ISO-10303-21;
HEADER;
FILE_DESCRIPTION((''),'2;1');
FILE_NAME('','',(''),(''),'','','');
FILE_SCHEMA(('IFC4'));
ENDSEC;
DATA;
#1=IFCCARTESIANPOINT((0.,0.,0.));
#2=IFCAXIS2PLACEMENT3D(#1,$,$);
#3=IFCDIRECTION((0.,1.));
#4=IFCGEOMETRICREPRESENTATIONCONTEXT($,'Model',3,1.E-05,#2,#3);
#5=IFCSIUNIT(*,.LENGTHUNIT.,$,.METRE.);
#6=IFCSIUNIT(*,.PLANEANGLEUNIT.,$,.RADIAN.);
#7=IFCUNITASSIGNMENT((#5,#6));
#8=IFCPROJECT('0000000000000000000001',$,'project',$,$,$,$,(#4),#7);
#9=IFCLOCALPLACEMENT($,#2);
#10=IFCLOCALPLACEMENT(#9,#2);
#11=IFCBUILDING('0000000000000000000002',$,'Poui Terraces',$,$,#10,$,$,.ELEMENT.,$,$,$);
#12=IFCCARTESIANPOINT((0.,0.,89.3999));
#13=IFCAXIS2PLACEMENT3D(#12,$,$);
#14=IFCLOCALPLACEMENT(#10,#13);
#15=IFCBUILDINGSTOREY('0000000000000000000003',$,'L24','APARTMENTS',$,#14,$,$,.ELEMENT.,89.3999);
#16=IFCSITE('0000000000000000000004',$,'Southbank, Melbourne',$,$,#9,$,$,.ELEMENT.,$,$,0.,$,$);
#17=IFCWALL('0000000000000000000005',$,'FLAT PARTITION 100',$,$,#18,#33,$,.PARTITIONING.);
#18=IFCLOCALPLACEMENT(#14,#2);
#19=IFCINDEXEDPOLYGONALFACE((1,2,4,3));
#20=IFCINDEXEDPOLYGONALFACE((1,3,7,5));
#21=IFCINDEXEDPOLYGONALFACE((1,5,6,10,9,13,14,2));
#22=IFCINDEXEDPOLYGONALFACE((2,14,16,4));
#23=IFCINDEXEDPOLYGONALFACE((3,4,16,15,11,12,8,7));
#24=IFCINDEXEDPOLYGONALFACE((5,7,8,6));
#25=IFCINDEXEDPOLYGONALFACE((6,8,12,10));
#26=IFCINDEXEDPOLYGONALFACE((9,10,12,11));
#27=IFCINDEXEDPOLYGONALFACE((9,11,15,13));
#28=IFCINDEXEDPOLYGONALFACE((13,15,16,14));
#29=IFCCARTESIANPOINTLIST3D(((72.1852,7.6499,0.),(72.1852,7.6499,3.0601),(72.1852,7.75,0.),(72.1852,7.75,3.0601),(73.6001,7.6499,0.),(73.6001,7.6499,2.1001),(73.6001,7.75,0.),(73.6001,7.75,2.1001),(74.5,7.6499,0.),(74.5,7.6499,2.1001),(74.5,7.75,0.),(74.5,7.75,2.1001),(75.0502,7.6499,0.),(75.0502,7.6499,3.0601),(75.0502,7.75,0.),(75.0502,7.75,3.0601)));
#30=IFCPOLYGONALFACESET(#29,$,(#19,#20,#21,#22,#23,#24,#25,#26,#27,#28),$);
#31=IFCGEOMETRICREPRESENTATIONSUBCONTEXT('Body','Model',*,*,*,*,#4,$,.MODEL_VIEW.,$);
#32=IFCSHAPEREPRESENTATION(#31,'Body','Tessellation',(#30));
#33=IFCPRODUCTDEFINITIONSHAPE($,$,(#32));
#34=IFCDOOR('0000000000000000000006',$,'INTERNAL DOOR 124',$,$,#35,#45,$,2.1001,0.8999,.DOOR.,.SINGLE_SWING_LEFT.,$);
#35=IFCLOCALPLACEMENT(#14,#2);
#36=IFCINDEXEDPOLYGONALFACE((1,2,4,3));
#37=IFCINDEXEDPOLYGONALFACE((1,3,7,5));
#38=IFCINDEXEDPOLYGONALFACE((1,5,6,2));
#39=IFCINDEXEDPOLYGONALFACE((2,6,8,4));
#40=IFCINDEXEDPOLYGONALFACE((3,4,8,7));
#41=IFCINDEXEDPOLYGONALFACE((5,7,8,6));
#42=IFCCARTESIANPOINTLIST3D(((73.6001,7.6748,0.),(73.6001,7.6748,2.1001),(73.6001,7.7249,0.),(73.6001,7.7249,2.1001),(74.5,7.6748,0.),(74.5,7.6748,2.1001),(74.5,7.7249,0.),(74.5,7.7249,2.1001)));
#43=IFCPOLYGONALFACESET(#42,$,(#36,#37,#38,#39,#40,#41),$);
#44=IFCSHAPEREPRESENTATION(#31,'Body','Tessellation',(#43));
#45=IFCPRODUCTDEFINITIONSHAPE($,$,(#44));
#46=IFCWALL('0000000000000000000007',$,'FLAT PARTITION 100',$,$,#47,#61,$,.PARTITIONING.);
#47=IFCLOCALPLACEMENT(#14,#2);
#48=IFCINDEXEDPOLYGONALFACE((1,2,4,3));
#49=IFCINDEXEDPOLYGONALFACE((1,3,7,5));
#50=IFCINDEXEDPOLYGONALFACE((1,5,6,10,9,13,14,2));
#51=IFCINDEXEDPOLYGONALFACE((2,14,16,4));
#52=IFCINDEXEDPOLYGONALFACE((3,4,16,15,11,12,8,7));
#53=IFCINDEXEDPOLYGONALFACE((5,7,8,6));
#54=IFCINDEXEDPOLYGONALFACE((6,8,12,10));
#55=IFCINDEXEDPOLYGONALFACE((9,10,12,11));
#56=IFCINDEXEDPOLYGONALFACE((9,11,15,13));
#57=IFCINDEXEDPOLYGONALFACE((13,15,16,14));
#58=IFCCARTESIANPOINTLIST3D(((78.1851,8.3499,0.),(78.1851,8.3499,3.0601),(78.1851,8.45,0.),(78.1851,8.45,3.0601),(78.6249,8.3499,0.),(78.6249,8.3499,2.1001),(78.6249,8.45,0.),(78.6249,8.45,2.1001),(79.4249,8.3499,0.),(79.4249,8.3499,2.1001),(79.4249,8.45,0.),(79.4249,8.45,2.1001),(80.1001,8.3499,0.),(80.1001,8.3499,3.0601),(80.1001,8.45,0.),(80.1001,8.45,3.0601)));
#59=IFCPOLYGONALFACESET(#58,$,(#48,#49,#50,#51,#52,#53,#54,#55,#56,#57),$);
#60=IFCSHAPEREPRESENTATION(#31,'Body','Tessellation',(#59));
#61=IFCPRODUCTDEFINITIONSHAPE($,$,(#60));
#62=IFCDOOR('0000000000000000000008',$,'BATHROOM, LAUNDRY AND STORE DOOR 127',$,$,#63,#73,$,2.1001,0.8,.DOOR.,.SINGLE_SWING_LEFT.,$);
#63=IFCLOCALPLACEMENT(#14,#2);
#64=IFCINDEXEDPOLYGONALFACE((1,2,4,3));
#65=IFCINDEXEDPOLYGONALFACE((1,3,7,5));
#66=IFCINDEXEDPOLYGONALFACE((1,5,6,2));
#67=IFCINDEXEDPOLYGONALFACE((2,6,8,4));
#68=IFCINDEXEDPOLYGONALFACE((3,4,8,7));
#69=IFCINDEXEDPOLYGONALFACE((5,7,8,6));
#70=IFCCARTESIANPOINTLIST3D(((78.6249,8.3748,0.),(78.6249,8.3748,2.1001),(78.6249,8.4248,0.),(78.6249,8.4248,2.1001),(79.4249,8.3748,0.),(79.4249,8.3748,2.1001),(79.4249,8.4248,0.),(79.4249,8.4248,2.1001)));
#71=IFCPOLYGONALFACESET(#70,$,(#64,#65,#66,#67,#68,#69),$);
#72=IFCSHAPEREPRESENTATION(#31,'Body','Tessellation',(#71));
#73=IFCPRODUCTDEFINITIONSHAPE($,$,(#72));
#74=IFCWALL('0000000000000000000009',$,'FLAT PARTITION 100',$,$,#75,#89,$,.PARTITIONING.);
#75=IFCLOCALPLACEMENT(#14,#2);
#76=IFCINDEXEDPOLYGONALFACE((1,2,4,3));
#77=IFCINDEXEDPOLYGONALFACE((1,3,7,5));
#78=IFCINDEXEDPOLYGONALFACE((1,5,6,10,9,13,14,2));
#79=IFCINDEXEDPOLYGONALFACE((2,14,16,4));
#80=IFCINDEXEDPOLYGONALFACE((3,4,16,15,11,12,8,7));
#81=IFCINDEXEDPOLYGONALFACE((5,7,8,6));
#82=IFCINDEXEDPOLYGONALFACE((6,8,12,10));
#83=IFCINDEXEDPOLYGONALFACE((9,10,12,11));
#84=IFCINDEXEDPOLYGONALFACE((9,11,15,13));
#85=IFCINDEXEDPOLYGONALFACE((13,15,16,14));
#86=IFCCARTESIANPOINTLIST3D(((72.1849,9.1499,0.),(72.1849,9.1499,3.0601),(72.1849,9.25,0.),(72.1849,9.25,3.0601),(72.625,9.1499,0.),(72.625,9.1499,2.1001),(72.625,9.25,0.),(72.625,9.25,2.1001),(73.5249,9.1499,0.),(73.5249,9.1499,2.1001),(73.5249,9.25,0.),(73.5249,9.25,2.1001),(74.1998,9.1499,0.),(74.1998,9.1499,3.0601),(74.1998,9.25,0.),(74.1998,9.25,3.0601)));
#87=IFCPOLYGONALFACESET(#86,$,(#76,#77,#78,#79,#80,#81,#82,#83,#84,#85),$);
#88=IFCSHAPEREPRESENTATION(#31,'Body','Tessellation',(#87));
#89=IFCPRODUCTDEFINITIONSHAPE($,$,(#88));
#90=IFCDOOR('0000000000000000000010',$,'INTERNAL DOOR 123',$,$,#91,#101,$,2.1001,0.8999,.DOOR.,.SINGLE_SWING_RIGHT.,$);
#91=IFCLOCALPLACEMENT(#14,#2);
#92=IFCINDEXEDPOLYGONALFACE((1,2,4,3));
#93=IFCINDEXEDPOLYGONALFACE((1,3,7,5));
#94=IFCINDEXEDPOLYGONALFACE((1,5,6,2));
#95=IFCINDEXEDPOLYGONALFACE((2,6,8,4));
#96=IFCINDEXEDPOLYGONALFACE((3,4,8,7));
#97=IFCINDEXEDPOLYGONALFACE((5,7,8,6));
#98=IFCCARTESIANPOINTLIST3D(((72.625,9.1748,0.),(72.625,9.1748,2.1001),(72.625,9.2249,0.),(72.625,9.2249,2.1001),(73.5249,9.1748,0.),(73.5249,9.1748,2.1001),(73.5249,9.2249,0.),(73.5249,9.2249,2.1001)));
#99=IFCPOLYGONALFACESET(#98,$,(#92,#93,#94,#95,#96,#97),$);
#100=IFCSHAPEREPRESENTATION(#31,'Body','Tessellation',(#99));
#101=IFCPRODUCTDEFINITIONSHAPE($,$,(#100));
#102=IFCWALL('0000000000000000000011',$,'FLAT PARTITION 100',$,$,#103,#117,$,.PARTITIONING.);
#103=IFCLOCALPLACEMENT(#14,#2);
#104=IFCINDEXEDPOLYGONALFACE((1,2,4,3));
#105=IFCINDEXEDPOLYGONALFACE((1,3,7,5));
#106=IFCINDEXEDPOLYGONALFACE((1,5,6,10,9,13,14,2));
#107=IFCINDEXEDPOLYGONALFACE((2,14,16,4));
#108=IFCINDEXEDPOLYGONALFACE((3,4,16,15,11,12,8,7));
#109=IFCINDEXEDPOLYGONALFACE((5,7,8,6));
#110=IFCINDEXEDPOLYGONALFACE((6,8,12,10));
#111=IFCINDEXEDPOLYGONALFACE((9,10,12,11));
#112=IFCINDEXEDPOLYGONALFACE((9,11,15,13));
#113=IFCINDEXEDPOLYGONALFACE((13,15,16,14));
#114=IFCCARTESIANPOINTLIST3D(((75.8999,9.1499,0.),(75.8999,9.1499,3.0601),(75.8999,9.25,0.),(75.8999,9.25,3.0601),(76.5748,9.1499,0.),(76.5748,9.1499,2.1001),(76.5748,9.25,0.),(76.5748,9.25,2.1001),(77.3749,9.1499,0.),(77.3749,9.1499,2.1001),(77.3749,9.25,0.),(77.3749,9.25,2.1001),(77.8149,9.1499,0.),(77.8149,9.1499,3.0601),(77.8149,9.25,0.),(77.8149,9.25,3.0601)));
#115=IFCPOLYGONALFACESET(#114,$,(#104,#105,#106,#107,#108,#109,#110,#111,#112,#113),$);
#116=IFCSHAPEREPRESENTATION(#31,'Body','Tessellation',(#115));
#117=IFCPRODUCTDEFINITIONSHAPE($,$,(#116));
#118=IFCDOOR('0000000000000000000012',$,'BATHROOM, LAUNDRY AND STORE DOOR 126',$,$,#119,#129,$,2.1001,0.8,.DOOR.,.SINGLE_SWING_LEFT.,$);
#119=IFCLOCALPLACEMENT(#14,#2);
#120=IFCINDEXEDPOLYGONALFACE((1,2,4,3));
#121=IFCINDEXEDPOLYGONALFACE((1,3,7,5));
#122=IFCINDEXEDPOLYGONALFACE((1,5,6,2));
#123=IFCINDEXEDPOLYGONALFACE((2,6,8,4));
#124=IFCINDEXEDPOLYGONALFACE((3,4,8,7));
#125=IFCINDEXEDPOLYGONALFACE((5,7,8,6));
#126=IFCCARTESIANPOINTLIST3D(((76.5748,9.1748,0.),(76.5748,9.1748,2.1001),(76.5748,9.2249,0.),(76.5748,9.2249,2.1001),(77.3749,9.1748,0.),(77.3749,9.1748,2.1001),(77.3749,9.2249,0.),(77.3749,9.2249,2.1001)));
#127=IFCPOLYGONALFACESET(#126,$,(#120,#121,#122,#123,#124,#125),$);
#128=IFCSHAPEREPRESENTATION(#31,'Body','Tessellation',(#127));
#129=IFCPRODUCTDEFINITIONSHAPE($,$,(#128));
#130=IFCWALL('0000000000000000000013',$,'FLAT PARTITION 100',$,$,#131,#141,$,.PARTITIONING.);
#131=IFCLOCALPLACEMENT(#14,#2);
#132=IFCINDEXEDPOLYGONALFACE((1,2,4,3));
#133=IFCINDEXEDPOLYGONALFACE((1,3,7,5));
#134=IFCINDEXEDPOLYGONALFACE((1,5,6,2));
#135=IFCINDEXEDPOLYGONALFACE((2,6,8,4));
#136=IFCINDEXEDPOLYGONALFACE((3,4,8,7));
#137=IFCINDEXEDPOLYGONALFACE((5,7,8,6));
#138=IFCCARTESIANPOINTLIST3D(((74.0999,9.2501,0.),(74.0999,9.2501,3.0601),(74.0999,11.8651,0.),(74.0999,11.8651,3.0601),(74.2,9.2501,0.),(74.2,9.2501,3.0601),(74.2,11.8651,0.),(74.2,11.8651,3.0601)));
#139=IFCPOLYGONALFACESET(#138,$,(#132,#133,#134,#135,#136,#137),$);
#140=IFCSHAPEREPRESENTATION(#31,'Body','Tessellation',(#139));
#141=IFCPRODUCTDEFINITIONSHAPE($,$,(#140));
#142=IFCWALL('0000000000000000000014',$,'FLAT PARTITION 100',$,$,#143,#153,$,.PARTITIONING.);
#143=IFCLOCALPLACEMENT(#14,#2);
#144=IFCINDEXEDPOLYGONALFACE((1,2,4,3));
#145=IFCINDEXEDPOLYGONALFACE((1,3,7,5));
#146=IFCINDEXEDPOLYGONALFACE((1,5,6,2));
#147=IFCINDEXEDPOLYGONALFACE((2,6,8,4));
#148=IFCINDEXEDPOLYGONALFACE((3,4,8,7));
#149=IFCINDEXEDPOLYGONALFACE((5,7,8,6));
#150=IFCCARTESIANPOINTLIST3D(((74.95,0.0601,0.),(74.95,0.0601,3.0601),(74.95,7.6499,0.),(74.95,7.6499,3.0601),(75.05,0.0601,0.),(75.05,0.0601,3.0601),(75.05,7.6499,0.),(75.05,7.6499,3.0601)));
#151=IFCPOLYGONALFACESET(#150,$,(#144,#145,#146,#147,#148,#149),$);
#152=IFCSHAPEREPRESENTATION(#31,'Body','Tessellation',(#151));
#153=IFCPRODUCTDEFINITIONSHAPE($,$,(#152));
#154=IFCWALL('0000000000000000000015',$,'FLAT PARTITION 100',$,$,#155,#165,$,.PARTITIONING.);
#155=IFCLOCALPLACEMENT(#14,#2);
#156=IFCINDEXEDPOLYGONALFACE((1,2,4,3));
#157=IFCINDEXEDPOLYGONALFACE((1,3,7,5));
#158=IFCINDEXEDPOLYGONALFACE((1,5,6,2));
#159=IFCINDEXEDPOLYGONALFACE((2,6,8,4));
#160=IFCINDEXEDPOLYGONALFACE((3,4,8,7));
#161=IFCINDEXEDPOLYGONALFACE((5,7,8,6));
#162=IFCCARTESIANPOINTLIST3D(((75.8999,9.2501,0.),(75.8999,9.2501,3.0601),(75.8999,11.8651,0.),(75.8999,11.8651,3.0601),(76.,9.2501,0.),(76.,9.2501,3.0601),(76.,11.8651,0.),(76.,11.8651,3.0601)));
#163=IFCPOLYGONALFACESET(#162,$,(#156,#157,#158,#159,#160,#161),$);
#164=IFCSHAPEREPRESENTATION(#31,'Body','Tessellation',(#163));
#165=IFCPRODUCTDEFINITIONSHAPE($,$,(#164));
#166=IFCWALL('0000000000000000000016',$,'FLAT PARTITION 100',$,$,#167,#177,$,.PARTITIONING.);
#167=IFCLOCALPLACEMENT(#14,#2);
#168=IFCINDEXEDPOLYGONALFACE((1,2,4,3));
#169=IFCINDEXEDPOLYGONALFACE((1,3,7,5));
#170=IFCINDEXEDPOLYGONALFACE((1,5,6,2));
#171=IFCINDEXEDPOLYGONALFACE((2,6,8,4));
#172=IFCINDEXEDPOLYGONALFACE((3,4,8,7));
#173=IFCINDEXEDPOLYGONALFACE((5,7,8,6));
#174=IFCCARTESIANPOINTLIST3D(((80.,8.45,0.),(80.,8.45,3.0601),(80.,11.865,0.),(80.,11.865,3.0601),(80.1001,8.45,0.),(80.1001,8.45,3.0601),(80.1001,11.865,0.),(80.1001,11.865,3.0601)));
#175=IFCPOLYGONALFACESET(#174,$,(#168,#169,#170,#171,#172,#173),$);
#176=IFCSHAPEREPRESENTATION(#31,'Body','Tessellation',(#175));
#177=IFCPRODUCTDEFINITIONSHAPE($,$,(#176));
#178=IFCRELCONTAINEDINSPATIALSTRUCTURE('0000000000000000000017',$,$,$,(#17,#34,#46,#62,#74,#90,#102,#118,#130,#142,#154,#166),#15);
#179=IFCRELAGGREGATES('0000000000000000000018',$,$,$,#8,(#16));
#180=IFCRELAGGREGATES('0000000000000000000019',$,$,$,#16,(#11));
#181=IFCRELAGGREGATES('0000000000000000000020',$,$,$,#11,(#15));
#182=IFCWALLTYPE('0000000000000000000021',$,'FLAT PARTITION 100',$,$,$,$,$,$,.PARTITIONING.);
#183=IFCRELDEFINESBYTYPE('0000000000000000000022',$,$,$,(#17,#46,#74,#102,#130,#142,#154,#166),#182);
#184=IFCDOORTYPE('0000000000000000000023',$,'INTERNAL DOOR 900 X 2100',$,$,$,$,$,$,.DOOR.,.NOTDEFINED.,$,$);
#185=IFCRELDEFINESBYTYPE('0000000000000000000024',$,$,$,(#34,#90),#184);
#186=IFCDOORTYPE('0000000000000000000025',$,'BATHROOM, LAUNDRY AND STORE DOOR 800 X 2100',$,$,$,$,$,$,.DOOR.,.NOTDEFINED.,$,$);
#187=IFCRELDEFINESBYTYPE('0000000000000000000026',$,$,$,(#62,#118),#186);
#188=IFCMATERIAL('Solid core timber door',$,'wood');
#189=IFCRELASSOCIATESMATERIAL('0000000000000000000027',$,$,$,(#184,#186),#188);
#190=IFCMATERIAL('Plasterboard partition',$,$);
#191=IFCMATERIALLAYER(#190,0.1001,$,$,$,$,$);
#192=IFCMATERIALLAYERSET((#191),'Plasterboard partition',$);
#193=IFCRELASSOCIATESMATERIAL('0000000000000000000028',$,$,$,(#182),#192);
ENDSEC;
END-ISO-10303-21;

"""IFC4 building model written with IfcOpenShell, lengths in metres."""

from ifc_helpers import new_model, si_unit, direction, frame, frame_2d, origin, place, context, subcontext, project, spatial, rectangle, extrude, material, layer, layer_set, type_object, element, fill, save


model = new_model("IFC4")

# Units and contexts
model_context = context("Model", 3, precision=1e-05, world=origin(), true_north=direction((0.0, 1.0)))
body_context = subcontext(model_context, "Body", "Model", "MODEL_VIEW")
ifc_project = project(units=[si_unit("LENGTHUNIT", "METRE"), si_unit("PLANEANGLEUNIT", "RADIAN")], contexts=[model_context])

# Site, building, storey
site_placement = place(None, origin())
site = spatial("IfcSite", under=ifc_project, at=site_placement, Name="Southbank, Melbourne", CompositionType="ELEMENT", RefElevation=0.0)
building_placement = place(site_placement, origin())
building = spatial("IfcBuilding", under=site, at=building_placement, Name="Poui Terraces", CompositionType="ELEMENT")
storey_placement = place(building_placement, frame((0.0, 0.0, 89.3999)))
storey = spatial("IfcBuildingStorey", under=building, at=storey_placement, Name="L24", Description="APARTMENTS", CompositionType="ELEMENT", Elevation=89.3999)

# Shared definitions
ifc_material_1 = material(Name="Solid core timber door", Category="wood")
door_type_1 = type_object("IfcDoorType", Name="INTERNAL DOOR 900 X 2100", OperationType="NOTDEFINED", PredefinedType="DOOR", material=ifc_material_1)

# Walls, openings, doors
ifc_material_2 = material(Name="Plasterboard partition")
ifc_layer_1 = layer(ifc_material_2, 0.1001)
ifc_layer_set_1 = layer_set([ifc_layer_1], Name="Plasterboard partition")
wall_type_1 = type_object("IfcWallType", Name="FLAT PARTITION 100", PredefinedType="PARTITIONING", material=ifc_layer_set_1)
wall_1_placement = place(storey_placement, frame((72.1851, 7.7, 0.0), z_axis=(0.0, 0.0, 1.0), x_axis=(1.0, 0.0, 0.0)))
wall_1 = element("IfcWall", 1, at=wall_1_placement, inside=storey, type_object=wall_type_1, Name="FLAT PARTITION 100", PredefinedType="PARTITIONING", context=body_context, shape_type="SweptSolid", body=[
    extrude(rectangle(XDim=2.865, YDim=0.1001, at=frame_2d((1.4326, 0.0))), origin(), (0.0, 0.0, 1.0), 3.0601),
])
opening_1_placement = place(wall_1_placement, frame((1.415, 0.0, 0.0)))
opening_1 = element("IfcOpeningElement", 2, at=opening_1_placement, cuts=wall_1, PredefinedType="OPENING", context=body_context, shape_type="SweptSolid", body=[
    extrude(rectangle(XDim=0.8999, YDim=2.1001, at=frame_2d((0.45, 1.05))), frame((0.0, 0.0601, 0.0), z_axis=(0.0, -1.0, 0.0), x_axis=(1.0, 0.0, 0.0)), (0.0, 0.0, 1.0), 0.1201),
])
door_1_placement = place(opening_1_placement, origin())
door_1 = element("IfcDoor", 3, at=door_1_placement, inside=storey, type_object=door_type_1, Name="INTERNAL DOOR 124", OperationType="SINGLE_SWING_LEFT", OverallHeight=2.1001, OverallWidth=0.8999, PredefinedType="DOOR", context=body_context, shape_type="SweptSolid", body=[
    extrude(rectangle(XDim=0.8999, YDim=2.1001, at=frame_2d((0.45, 1.05))), frame((0.0, 0.0249, 0.0), z_axis=(0.0, -1.0, 0.0), x_axis=(1.0, 0.0, 0.0)), (0.0, 0.0, 1.0), 0.05),
])
fill(opening_1, door_1)
wall_2_placement = place(storey_placement, frame((78.1851, 8.3999, 0.0), z_axis=(0.0, 0.0, 1.0), x_axis=(1.0, 0.0, 0.0)))
wall_2 = element("IfcWall", 4, at=wall_2_placement, inside=storey, type_object=wall_type_1, Name="FLAT PARTITION 100", PredefinedType="PARTITIONING", context=body_context, shape_type="SweptSolid", body=[
    extrude(rectangle(XDim=1.915, YDim=0.1001, at=frame_2d((0.9575, 0.0))), origin(), (0.0, 0.0, 1.0), 3.0601),
])
opening_2_placement = place(wall_2_placement, frame((0.4399, 0.0, 0.0)))
opening_2 = element("IfcOpeningElement", 5, at=opening_2_placement, cuts=wall_2, PredefinedType="OPENING", context=body_context, shape_type="SweptSolid", body=[
    extrude(rectangle(XDim=0.8, YDim=2.1001, at=frame_2d((0.3999, 1.05))), frame((0.0, 0.0601, 0.0), z_axis=(0.0, -1.0, 0.0), x_axis=(1.0, 0.0, 0.0)), (0.0, 0.0, 1.0), 0.1201),
])
door_type_2 = type_object("IfcDoorType", Name="BATHROOM, LAUNDRY AND STORE DOOR 800 X 2100", OperationType="NOTDEFINED", PredefinedType="DOOR", material=ifc_material_1)
door_2_placement = place(opening_2_placement, origin())
door_2 = element("IfcDoor", 6, at=door_2_placement, inside=storey, type_object=door_type_2, Name="BATHROOM, LAUNDRY AND STORE DOOR 127", OperationType="SINGLE_SWING_LEFT", OverallHeight=2.1001, OverallWidth=0.8, PredefinedType="DOOR", context=body_context, shape_type="SweptSolid", body=[
    extrude(rectangle(XDim=0.8, YDim=2.1001, at=frame_2d((0.3999, 1.05))), frame((0.0, 0.0249, 0.0), z_axis=(0.0, -1.0, 0.0), x_axis=(1.0, 0.0, 0.0)), (0.0, 0.0, 1.0), 0.05),
])
fill(opening_2, door_2)
wall_3_placement = place(storey_placement, frame((72.1851, 9.2, 0.0), z_axis=(0.0, 0.0, 1.0), x_axis=(1.0, 0.0, 0.0)))
wall_3 = element("IfcWall", 7, at=wall_3_placement, inside=storey, type_object=wall_type_1, Name="FLAT PARTITION 100", PredefinedType="PARTITIONING", context=body_context, shape_type="SweptSolid", body=[
    extrude(rectangle(XDim=2.0149, YDim=0.1001, at=frame_2d((1.0073, 0.0))), origin(), (0.0, 0.0, 1.0), 3.0601),
])
opening_3_placement = place(wall_3_placement, frame((0.4399, 0.0, 0.0)))
opening_3 = element("IfcOpeningElement", 8, at=opening_3_placement, cuts=wall_3, PredefinedType="OPENING", context=body_context, shape_type="SweptSolid", body=[
    extrude(rectangle(XDim=0.8999, YDim=2.1001, at=frame_2d((0.45, 1.05))), frame((0.0, 0.0601, 0.0), z_axis=(0.0, -1.0, 0.0), x_axis=(1.0, 0.0, 0.0)), (0.0, 0.0, 1.0), 0.1201),
])
door_3_placement = place(opening_3_placement, origin())
door_3 = element("IfcDoor", 9, at=door_3_placement, inside=storey, type_object=door_type_1, Name="INTERNAL DOOR 123", OperationType="SINGLE_SWING_RIGHT", OverallHeight=2.1001, OverallWidth=0.8999, PredefinedType="DOOR", context=body_context, shape_type="SweptSolid", body=[
    extrude(rectangle(XDim=0.8999, YDim=2.1001, at=frame_2d((0.45, 1.05))), frame((0.0, 0.0249, 0.0), z_axis=(0.0, -1.0, 0.0), x_axis=(1.0, 0.0, 0.0)), (0.0, 0.0, 1.0), 0.05),
])
fill(opening_3, door_3)
wall_4_placement = place(storey_placement, frame((75.8999, 9.2, 0.0), z_axis=(0.0, 0.0, 1.0), x_axis=(1.0, 0.0, 0.0)))
wall_4 = element("IfcWall", 10, at=wall_4_placement, inside=storey, type_object=wall_type_1, Name="FLAT PARTITION 100", PredefinedType="PARTITIONING", context=body_context, shape_type="SweptSolid", body=[
    extrude(rectangle(XDim=1.915, YDim=0.1001, at=frame_2d((0.9575, 0.0))), origin(), (0.0, 0.0, 1.0), 3.0601),
])
opening_4_placement = place(wall_4_placement, frame((0.675, 0.0, 0.0)))
opening_4 = element("IfcOpeningElement", 11, at=opening_4_placement, cuts=wall_4, PredefinedType="OPENING", context=body_context, shape_type="SweptSolid", body=[
    extrude(rectangle(XDim=0.8, YDim=2.1001, at=frame_2d((0.3999, 1.05))), frame((0.0, 0.0601, 0.0), z_axis=(0.0, -1.0, 0.0), x_axis=(1.0, 0.0, 0.0)), (0.0, 0.0, 1.0), 0.1201),
])
door_4_placement = place(opening_4_placement, origin())
door_4 = element("IfcDoor", 12, at=door_4_placement, inside=storey, type_object=door_type_2, Name="BATHROOM, LAUNDRY AND STORE DOOR 126", OperationType="SINGLE_SWING_LEFT", OverallHeight=2.1001, OverallWidth=0.8, PredefinedType="DOOR", context=body_context, shape_type="SweptSolid", body=[
    extrude(rectangle(XDim=0.8, YDim=2.1001, at=frame_2d((0.3999, 1.05))), frame((0.0, 0.0249, 0.0), z_axis=(0.0, -1.0, 0.0), x_axis=(1.0, 0.0, 0.0)), (0.0, 0.0, 1.0), 0.05),
])
fill(opening_4, door_4)

# Walls
wall_5_placement = place(storey_placement, frame((74.1499, 9.25, 0.0), z_axis=(0.0, 0.0, 1.0), x_axis=(0.0, 1.0, 0.0)))
element("IfcWall", 13, at=wall_5_placement, inside=storey, type_object=wall_type_1, Name="FLAT PARTITION 100", PredefinedType="PARTITIONING", context=body_context, shape_type="SweptSolid", body=[
    extrude(rectangle(XDim=2.615, YDim=0.1001, at=frame_2d((1.3076, 0.0))), origin(), (0.0, 0.0, 1.0), 3.0601),
])
wall_6_placement = place(storey_placement, frame((75.0, 0.0601, 0.0), z_axis=(0.0, 0.0, 1.0), x_axis=(0.0, 1.0, 0.0)))
element("IfcWall", 14, at=wall_6_placement, inside=storey, type_object=wall_type_1, Name="FLAT PARTITION 100", PredefinedType="PARTITIONING", context=body_context, shape_type="SweptSolid", body=[
    extrude(rectangle(XDim=7.5898, YDim=0.1001, at=frame_2d((3.7949, 0.0))), origin(), (0.0, 0.0, 1.0), 3.0601),
])
wall_7_placement = place(storey_placement, frame((75.95, 9.25, 0.0), z_axis=(0.0, 0.0, 1.0), x_axis=(0.0, 1.0, 0.0)))
element("IfcWall", 15, at=wall_7_placement, inside=storey, type_object=wall_type_1, Name="FLAT PARTITION 100", PredefinedType="PARTITIONING", context=body_context, shape_type="SweptSolid", body=[
    extrude(rectangle(XDim=2.615, YDim=0.1001, at=frame_2d((1.3076, 0.0))), origin(), (0.0, 0.0, 1.0), 3.0601),
])
wall_8_placement = place(storey_placement, frame((80.05, 8.45, 0.0), z_axis=(0.0, 0.0, 1.0), x_axis=(0.0, 1.0, 0.0)))
element("IfcWall", 16, at=wall_8_placement, inside=storey, type_object=wall_type_1, Name="FLAT PARTITION 100", PredefinedType="PARTITIONING", context=body_context, shape_type="SweptSolid", body=[
    extrude(rectangle(XDim=3.415, YDim=0.1001, at=frame_2d((1.7075, 0.0))), origin(), (0.0, 0.0, 1.0), 3.0601),
])

save(model, "model.ifc")
